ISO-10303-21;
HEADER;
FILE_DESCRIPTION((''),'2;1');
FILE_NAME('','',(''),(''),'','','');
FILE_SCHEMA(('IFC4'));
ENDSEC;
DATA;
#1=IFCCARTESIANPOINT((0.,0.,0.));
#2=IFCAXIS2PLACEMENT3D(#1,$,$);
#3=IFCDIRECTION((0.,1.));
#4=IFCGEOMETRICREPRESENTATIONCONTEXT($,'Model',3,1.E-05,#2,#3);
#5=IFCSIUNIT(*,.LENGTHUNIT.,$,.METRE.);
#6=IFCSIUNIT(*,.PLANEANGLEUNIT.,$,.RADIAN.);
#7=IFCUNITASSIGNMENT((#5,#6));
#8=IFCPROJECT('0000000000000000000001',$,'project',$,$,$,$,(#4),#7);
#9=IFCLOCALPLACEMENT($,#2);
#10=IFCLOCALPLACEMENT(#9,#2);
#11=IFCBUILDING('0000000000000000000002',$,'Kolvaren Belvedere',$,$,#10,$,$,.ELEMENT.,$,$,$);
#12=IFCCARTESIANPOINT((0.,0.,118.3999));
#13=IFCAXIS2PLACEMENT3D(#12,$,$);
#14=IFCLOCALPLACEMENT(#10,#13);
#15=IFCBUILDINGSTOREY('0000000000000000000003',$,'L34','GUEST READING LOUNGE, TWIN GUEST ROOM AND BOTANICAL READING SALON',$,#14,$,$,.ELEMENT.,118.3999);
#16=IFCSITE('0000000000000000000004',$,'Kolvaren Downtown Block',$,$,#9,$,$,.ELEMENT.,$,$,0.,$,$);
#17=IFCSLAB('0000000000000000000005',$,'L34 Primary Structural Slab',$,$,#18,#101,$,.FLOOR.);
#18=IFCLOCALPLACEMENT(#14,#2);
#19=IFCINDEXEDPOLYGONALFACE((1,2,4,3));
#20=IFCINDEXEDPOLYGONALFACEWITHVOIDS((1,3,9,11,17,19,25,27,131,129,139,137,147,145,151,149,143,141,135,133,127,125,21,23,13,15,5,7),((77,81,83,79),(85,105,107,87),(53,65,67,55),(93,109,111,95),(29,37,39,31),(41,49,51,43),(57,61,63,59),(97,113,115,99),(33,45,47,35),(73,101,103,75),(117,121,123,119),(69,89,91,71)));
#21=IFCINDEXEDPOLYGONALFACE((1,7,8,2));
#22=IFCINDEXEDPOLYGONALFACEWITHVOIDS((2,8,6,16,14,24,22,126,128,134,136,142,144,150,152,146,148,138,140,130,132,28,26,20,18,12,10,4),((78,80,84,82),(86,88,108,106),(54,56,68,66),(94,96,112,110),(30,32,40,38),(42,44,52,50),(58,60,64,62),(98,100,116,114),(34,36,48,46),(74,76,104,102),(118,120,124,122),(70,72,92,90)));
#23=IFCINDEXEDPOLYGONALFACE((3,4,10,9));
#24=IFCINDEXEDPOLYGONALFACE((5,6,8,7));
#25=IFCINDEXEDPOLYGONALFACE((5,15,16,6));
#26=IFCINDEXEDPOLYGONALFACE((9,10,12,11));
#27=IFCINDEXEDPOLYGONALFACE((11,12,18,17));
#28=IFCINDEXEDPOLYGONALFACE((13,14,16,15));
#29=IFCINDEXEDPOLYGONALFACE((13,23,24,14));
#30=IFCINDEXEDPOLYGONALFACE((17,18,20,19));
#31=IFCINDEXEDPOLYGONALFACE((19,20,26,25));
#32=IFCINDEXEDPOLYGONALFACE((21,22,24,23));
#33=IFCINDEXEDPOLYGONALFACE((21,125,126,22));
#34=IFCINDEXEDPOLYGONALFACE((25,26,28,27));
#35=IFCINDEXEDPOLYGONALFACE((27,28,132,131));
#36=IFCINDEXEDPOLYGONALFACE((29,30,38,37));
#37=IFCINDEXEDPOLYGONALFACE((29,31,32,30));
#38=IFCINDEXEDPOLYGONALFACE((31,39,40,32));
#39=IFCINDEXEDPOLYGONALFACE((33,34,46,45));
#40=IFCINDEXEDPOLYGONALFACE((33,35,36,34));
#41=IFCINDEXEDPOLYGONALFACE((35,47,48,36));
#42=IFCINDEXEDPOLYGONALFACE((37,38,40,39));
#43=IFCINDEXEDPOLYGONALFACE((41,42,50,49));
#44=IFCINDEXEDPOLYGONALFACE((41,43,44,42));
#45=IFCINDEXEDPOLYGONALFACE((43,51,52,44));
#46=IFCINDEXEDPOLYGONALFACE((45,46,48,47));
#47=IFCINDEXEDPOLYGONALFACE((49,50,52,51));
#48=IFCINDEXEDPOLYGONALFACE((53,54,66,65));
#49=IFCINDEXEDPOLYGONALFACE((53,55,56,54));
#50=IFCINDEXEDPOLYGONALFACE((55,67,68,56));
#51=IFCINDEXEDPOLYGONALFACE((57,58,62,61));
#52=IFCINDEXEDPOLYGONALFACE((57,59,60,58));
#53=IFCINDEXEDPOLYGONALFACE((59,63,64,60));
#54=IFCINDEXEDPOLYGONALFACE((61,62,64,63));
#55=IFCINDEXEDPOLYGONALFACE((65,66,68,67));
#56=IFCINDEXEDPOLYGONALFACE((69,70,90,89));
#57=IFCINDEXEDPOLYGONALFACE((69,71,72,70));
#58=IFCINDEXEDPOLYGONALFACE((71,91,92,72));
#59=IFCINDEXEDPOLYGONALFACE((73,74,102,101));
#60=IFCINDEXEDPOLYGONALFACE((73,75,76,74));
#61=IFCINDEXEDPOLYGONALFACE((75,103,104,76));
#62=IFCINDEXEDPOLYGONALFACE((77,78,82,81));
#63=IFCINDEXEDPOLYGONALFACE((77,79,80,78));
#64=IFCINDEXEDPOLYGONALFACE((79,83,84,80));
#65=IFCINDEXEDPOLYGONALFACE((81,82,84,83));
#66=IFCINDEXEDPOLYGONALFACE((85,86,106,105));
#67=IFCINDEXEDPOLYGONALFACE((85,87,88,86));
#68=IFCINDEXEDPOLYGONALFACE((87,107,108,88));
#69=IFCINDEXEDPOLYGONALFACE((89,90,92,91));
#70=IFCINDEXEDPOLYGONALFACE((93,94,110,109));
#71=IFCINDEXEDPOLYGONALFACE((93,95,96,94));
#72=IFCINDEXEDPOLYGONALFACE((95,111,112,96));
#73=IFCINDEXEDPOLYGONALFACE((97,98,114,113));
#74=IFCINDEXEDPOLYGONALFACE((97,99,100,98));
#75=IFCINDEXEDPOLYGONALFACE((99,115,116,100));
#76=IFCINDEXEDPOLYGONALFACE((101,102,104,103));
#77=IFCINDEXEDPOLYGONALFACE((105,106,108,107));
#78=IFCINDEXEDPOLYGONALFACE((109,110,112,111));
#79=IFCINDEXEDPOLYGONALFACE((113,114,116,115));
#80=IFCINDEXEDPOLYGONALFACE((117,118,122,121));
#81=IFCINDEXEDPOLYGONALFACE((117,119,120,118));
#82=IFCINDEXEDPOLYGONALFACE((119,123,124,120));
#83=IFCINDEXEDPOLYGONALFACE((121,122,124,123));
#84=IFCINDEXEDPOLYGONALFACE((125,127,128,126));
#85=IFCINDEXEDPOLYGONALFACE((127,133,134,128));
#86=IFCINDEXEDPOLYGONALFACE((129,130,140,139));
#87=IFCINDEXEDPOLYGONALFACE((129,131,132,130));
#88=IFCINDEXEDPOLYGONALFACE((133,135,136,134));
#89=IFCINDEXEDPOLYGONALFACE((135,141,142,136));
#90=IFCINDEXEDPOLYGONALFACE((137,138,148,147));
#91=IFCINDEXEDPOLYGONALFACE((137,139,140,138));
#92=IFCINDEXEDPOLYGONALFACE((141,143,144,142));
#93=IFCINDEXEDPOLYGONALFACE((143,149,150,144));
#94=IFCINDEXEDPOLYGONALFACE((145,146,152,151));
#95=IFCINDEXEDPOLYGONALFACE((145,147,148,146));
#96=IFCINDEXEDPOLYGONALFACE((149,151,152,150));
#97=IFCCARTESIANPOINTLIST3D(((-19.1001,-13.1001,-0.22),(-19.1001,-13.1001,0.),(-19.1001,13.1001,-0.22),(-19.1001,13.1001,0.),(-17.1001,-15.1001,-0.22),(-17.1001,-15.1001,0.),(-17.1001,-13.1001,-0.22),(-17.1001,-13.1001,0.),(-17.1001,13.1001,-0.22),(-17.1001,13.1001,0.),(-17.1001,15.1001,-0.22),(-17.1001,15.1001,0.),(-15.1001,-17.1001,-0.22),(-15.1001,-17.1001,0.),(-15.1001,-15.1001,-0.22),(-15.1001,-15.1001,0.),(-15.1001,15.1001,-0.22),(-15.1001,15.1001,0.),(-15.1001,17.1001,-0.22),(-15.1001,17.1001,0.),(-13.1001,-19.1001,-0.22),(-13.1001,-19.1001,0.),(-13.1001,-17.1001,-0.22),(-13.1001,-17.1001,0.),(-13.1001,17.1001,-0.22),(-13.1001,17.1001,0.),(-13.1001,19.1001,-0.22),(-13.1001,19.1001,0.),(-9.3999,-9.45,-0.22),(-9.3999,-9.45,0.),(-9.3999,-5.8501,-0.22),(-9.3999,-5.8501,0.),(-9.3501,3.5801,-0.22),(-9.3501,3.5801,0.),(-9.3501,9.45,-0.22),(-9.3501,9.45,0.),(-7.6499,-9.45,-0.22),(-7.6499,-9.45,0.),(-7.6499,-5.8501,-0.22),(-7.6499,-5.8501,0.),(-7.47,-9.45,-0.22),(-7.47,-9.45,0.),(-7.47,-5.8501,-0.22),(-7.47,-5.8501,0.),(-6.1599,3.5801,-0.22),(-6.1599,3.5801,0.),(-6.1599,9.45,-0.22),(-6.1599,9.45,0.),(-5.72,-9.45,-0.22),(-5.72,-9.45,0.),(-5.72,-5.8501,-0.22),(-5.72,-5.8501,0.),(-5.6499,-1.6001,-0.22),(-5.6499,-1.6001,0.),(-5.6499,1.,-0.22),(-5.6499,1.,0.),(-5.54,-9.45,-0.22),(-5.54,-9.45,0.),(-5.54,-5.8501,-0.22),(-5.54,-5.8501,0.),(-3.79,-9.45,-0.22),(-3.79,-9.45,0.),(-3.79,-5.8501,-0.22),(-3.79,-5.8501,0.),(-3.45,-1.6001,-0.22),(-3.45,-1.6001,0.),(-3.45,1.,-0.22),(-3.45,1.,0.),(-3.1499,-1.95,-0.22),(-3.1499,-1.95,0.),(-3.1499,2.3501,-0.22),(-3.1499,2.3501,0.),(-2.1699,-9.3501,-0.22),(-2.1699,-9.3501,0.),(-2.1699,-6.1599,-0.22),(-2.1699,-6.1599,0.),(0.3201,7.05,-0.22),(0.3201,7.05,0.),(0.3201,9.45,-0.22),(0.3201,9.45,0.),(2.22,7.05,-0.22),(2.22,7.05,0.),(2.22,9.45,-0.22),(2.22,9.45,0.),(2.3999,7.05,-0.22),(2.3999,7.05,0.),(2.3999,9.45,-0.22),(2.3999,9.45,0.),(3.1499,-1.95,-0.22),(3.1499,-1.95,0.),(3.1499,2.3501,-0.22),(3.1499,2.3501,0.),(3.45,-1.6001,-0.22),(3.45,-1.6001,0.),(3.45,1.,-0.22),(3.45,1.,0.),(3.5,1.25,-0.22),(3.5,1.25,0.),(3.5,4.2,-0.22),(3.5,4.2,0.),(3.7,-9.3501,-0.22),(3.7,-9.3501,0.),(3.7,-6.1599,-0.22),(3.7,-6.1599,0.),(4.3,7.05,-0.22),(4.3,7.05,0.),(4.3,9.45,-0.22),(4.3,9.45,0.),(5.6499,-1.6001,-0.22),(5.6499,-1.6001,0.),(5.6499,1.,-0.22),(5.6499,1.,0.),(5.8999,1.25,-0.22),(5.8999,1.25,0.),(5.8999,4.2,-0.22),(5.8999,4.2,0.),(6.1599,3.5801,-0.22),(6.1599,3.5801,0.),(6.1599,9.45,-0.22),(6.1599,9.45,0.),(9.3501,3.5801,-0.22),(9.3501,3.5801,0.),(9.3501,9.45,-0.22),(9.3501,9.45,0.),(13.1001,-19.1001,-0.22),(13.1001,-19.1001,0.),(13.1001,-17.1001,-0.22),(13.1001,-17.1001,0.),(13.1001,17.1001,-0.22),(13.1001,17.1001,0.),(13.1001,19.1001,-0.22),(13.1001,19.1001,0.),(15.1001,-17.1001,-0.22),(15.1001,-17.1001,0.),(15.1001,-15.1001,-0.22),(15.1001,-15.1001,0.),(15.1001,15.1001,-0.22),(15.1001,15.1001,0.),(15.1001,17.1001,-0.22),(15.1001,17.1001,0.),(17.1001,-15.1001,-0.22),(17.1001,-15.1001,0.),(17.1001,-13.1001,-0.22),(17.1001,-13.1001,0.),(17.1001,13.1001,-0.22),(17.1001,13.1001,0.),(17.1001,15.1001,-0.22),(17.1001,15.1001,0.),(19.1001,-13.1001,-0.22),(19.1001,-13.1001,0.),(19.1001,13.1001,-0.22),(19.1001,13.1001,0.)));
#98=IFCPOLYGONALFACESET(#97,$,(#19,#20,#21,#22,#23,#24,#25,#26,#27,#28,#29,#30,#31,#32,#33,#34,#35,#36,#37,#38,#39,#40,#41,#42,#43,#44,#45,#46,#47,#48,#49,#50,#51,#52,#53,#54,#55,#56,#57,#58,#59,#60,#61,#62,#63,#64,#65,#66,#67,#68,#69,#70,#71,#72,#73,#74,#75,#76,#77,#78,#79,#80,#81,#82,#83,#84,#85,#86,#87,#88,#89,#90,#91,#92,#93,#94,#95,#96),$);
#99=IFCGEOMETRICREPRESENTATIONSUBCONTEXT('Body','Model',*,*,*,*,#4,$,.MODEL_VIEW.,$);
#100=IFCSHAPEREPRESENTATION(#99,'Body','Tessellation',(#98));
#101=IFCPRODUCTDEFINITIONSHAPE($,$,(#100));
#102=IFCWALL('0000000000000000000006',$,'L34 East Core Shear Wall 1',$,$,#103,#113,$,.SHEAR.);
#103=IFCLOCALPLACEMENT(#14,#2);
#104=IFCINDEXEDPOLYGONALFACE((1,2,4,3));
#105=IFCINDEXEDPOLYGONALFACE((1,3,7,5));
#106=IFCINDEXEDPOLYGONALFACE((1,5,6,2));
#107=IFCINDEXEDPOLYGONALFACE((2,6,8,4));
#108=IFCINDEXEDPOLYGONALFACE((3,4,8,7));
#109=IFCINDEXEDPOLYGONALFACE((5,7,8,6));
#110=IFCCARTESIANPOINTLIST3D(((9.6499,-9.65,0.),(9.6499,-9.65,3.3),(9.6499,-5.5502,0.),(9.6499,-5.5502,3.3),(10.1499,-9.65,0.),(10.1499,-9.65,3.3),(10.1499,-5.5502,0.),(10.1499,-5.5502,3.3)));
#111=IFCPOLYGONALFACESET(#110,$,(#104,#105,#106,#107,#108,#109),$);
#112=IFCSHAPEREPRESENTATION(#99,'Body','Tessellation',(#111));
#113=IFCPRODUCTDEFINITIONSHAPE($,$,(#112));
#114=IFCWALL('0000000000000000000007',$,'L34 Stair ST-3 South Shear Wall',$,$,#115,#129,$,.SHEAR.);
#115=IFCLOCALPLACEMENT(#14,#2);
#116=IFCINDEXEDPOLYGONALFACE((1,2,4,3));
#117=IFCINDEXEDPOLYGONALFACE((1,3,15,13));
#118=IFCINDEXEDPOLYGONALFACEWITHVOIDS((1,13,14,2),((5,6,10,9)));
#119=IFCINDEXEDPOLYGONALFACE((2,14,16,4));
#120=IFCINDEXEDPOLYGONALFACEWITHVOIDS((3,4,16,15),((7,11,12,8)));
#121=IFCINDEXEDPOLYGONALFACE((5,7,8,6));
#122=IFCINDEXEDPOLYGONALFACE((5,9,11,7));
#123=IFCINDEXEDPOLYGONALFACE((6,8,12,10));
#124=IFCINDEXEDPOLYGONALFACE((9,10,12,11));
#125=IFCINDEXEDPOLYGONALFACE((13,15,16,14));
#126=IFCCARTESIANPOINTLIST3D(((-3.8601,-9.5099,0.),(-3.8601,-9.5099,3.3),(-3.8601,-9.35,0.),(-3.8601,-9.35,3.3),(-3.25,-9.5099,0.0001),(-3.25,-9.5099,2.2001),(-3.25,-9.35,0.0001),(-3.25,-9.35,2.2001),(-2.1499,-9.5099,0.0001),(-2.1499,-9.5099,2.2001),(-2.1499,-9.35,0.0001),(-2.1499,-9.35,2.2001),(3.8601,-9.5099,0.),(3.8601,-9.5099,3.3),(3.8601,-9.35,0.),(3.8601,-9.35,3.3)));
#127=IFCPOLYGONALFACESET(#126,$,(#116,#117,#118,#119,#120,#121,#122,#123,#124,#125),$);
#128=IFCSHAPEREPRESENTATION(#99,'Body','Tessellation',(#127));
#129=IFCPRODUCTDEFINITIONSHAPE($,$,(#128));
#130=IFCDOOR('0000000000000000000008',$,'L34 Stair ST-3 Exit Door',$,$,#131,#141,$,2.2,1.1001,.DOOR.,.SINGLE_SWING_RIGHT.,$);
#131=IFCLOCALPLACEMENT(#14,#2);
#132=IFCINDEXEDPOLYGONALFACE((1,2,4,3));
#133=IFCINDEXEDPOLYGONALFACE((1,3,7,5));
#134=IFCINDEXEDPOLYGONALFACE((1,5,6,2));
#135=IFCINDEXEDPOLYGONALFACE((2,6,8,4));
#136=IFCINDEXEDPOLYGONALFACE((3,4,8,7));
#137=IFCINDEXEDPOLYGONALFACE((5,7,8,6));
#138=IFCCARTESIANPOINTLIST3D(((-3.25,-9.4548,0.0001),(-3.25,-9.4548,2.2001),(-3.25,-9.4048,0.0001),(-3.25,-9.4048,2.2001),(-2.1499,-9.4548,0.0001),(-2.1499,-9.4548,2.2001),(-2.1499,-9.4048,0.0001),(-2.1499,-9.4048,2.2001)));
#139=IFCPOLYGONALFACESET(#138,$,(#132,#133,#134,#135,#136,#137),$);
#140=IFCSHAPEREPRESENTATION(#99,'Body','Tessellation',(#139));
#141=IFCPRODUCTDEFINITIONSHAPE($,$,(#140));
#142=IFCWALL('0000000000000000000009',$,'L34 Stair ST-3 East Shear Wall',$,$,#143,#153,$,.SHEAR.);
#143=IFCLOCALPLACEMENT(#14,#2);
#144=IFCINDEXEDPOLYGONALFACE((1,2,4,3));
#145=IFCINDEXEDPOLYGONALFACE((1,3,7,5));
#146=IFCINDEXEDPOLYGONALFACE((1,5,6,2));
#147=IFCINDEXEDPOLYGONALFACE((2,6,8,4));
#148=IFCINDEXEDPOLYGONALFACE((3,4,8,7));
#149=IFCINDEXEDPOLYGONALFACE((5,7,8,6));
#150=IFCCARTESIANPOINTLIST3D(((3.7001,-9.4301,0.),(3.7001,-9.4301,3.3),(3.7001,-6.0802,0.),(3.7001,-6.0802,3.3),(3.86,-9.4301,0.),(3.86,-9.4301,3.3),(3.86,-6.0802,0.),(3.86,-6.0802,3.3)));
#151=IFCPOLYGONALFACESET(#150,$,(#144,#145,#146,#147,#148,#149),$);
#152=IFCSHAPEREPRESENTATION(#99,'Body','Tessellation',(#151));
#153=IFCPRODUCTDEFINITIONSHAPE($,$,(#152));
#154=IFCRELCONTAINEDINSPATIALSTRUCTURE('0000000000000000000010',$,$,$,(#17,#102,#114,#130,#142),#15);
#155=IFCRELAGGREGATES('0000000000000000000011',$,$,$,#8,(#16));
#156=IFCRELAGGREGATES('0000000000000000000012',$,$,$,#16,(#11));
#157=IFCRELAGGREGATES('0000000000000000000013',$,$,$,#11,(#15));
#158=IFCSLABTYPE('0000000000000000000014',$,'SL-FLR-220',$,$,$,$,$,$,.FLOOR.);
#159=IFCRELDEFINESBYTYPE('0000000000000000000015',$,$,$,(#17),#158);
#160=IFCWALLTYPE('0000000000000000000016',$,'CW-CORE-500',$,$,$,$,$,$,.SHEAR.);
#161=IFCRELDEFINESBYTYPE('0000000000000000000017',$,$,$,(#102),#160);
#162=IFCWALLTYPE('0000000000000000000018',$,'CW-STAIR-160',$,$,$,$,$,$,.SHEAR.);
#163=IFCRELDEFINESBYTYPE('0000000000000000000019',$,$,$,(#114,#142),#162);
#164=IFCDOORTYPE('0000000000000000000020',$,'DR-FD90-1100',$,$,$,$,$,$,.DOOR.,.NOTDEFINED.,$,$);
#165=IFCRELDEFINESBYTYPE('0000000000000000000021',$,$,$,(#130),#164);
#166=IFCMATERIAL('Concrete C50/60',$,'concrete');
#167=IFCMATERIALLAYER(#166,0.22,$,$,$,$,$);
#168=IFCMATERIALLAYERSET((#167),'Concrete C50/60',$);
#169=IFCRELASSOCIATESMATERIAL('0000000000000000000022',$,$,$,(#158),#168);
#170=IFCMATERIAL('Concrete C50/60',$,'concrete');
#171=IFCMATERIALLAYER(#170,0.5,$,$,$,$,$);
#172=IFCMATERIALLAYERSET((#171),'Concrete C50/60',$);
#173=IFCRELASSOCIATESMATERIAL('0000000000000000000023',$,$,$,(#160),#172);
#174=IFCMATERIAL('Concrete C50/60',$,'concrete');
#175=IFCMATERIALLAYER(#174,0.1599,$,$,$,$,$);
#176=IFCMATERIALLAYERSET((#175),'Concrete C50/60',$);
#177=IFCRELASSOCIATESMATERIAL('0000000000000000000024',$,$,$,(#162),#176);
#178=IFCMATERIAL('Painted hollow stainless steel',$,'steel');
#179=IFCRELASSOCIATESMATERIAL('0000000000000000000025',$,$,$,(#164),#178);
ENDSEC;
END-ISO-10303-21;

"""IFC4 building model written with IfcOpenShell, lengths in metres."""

from ifc_helpers import new_model, si_unit, direction, frame, frame_2d, origin, place, context, subcontext, project, spatial, polyline, rectangle, outline, extrude, material, layer, layer_set, type_object, element, fill, save


model = new_model("IFC4")

# Units and contexts
model_context = context("Model", 3, precision=1e-05, world=origin(), true_north=direction((0.0, 1.0)))
body_context = subcontext(model_context, "Body", "Model", "MODEL_VIEW")
ifc_project = project(units=[si_unit("LENGTHUNIT", "METRE"), si_unit("PLANEANGLEUNIT", "RADIAN")], contexts=[model_context])

# Site, building, storey
site_placement = place(None, origin())
site = spatial("IfcSite", under=ifc_project, at=site_placement, Name="Kolvaren Downtown Block", CompositionType="ELEMENT", RefElevation=0.0)
building_placement = place(site_placement, origin())
building = spatial("IfcBuilding", under=site, at=building_placement, Name="Kolvaren Belvedere", CompositionType="ELEMENT")
storey_placement = place(building_placement, frame((0.0, 0.0, 118.3999)))
storey = spatial("IfcBuildingStorey", under=building, at=storey_placement, Name="L34", Description="GUEST READING LOUNGE, TWIN GUEST ROOM AND BOTANICAL READING SALON", CompositionType="ELEMENT", Elevation=118.3999)

# Slab
ifc_material_1 = material(Name="Concrete C50/60", Category="concrete")
ifc_layer_1 = layer(ifc_material_1, 0.22)
ifc_layer_set_1 = layer_set([ifc_layer_1], Name="Concrete C50/60")
slab_type_1 = type_object("IfcSlabType", Name="SL-FLR-220", PredefinedType="FLOOR", material=ifc_layer_set_1)
slab_1_placement = place(storey_placement, frame((0.0, 0.0, -0.22)))
element("IfcSlab", 1, at=slab_1_placement, inside=storey, type_object=slab_type_1, Name="L34 Primary Structural Slab", PredefinedType="FLOOR", context=body_context, shape_type="SweptSolid", body=[
    extrude(outline(polyline([(-13.1001, -19.1001), (13.1001, -19.1001), (13.1001, -17.1001), (15.1001, -17.1001), (15.1001, -15.1001), (17.1001, -15.1001), (17.1001, -13.1001), (19.1001, -13.1001), (19.1001, 13.1001), (17.1001, 13.1001), (17.1001, 15.1001), (15.1001, 15.1001), (15.1001, 17.1001), (13.1001, 17.1001), (13.1001, 19.1001), (-13.1001, 19.1001), (-13.1001, 17.1001), (-15.1001, 17.1001), (-15.1001, 15.1001), (-17.1001, 15.1001), (-17.1001, 13.1001), (-19.1001, 13.1001), (-19.1001, -13.1001), (-17.1001, -13.1001), (-17.1001, -15.1001), (-15.1001, -15.1001), (-15.1001, -17.1001), (-13.1001, -17.1001), (-13.1001, -19.1001)]), holes=[polyline([(-9.3501, 3.5801), (-6.1599, 3.5801), (-6.1599, 9.45), (-9.3501, 9.45), (-9.3501, 3.5801)]), polyline([(6.1599, 3.5801), (9.3501, 3.5801), (9.3501, 9.45), (6.1599, 9.45), (6.1599, 3.5801)]), polyline([(-2.1699, -9.3501), (3.7, -9.3501), (3.7, -6.1599), (-2.1699, -6.1599), (-2.1699, -9.3501)]), polyline([(-5.6499, -1.6001), (-3.45, -1.6001), (-3.45, 1.0), (-5.6499, 1.0), (-5.6499, -1.6001)]), polyline([(3.5, 1.25), (5.8999, 1.25), (5.8999, 4.2), (3.5, 4.2), (3.5, 1.25)]), polyline([(3.45, -1.6001), (5.6499, -1.6001), (5.6499, 1.0), (3.45, 1.0), (3.45, -1.6001)]), polyline([(-9.3999, -9.45), (-7.6499, -9.45), (-7.6499, -5.8501), (-9.3999, -5.8501), (-9.3999, -9.45)]), polyline([(-7.47, -9.45), (-5.72, -9.45), (-5.72, -5.8501), (-7.47, -5.8501), (-7.47, -9.45)]), polyline([(-5.54, -9.45), (-3.79, -9.45), (-3.79, -5.8501), (-5.54, -5.8501), (-5.54, -9.45)]), polyline([(0.3201, 7.05), (2.22, 7.05), (2.22, 9.45), (0.3201, 9.45), (0.3201, 7.05)]), polyline([(2.3999, 7.05), (4.3, 7.05), (4.3, 9.45), (2.3999, 9.45), (2.3999, 7.05)]), polyline([(-3.1499, -1.95), (3.1499, -1.95), (3.1499, 2.3501), (-3.1499, 2.3501), (-3.1499, -1.95)])]), origin(), (0.0, 0.0, 1.0), 0.22),
])

# Wall
ifc_material_2 = material(Name="Concrete C50/60", Category="concrete")
ifc_layer_2 = layer(ifc_material_2, 0.5)
ifc_layer_set_2 = layer_set([ifc_layer_2], Name="Concrete C50/60")
wall_type_1 = type_object("IfcWallType", Name="CW-CORE-500", PredefinedType="SHEAR", material=ifc_layer_set_2)
wall_1_placement = place(storey_placement, frame((9.8999, -9.6499, 0.0), z_axis=(0.0, 0.0, 1.0), x_axis=(0.0, 1.0, 0.0)))
element("IfcWall", 2, at=wall_1_placement, inside=storey, type_object=wall_type_1, Name="L34 East Core Shear Wall 1", PredefinedType="SHEAR", context=body_context, shape_type="SweptSolid", body=[
    extrude(rectangle(XDim=4.0999, YDim=0.5, at=frame_2d((2.0498, 0.0))), origin(), (0.0, 0.0, 1.0), 3.3),
])

# Wall, opening, door
ifc_material_3 = material(Name="Concrete C50/60", Category="concrete")
ifc_layer_3 = layer(ifc_material_3, 0.1599)
ifc_layer_set_3 = layer_set([ifc_layer_3], Name="Concrete C50/60")
wall_type_2 = type_object("IfcWallType", Name="CW-STAIR-160", PredefinedType="SHEAR", material=ifc_layer_set_3)
wall_2_placement = place(storey_placement, frame((3.8601, -9.4299, 0.0), z_axis=(0.0, 0.0, 1.0), x_axis=(-1.0, 0.0, 0.0)))
wall_2 = element("IfcWall", 3, at=wall_2_placement, inside=storey, type_object=wall_type_2, Name="L34 Stair ST-3 South Shear Wall", PredefinedType="SHEAR", context=body_context, shape_type="SweptSolid", body=[
    extrude(rectangle(XDim=7.7202, YDim=0.1599, at=frame_2d((3.8601, 0.0))), origin(), (0.0, 0.0, 1.0), 3.3),
])
opening_1_placement = place(wall_2_placement, frame((6.01, 0.0, 0.0)))
opening_1 = element("IfcOpeningElement", 4, at=opening_1_placement, cuts=wall_2, PredefinedType="OPENING", context=body_context, shape_type="SweptSolid", body=[
    extrude(rectangle(XDim=1.1001, YDim=2.2, at=frame_2d((0.55, 1.1001))), frame((0.0, 0.0898, 0.0), z_axis=(0.0, -1.0, 0.0), x_axis=(1.0, 0.0, 0.0)), (0.0, 0.0, 1.0), 0.1799),
])
ifc_material_4 = material(Name="Painted hollow stainless steel", Category="steel")
door_type_1 = type_object("IfcDoorType", Name="DR-FD90-1100", OperationType="NOTDEFINED", PredefinedType="DOOR", material=ifc_material_4)
door_1_placement = place(opening_1_placement, origin())
door_1 = element("IfcDoor", 5, at=door_1_placement, inside=storey, type_object=door_type_1, Name="L34 Stair ST-3 Exit Door", OperationType="SINGLE_SWING_RIGHT", OverallHeight=2.2, OverallWidth=1.1001, PredefinedType="DOOR", context=body_context, shape_type="SweptSolid", body=[
    extrude(rectangle(XDim=1.1001, YDim=2.2, at=frame_2d((0.55, 1.1001))), frame((0.0, 0.0249, 0.0), z_axis=(0.0, -1.0, 0.0), x_axis=(1.0, 0.0, 0.0)), (0.0, 0.0, 1.0), 0.05),
])
fill(opening_1, door_1)

# Wall
wall_3_placement = place(storey_placement, frame((3.78, -9.4299, 0.0), z_axis=(0.0, 0.0, 1.0), x_axis=(0.0, 1.0, 0.0)))
element("IfcWall", 6, at=wall_3_placement, inside=storey, type_object=wall_type_2, Name="L34 Stair ST-3 East Shear Wall", PredefinedType="SHEAR", context=body_context, shape_type="SweptSolid", body=[
    extrude(rectangle(XDim=3.3499, YDim=0.1599, at=frame_2d((1.6748, 0.0))), origin(), (0.0, 0.0, 1.0), 3.3),
])

save(model, "model.ifc")
